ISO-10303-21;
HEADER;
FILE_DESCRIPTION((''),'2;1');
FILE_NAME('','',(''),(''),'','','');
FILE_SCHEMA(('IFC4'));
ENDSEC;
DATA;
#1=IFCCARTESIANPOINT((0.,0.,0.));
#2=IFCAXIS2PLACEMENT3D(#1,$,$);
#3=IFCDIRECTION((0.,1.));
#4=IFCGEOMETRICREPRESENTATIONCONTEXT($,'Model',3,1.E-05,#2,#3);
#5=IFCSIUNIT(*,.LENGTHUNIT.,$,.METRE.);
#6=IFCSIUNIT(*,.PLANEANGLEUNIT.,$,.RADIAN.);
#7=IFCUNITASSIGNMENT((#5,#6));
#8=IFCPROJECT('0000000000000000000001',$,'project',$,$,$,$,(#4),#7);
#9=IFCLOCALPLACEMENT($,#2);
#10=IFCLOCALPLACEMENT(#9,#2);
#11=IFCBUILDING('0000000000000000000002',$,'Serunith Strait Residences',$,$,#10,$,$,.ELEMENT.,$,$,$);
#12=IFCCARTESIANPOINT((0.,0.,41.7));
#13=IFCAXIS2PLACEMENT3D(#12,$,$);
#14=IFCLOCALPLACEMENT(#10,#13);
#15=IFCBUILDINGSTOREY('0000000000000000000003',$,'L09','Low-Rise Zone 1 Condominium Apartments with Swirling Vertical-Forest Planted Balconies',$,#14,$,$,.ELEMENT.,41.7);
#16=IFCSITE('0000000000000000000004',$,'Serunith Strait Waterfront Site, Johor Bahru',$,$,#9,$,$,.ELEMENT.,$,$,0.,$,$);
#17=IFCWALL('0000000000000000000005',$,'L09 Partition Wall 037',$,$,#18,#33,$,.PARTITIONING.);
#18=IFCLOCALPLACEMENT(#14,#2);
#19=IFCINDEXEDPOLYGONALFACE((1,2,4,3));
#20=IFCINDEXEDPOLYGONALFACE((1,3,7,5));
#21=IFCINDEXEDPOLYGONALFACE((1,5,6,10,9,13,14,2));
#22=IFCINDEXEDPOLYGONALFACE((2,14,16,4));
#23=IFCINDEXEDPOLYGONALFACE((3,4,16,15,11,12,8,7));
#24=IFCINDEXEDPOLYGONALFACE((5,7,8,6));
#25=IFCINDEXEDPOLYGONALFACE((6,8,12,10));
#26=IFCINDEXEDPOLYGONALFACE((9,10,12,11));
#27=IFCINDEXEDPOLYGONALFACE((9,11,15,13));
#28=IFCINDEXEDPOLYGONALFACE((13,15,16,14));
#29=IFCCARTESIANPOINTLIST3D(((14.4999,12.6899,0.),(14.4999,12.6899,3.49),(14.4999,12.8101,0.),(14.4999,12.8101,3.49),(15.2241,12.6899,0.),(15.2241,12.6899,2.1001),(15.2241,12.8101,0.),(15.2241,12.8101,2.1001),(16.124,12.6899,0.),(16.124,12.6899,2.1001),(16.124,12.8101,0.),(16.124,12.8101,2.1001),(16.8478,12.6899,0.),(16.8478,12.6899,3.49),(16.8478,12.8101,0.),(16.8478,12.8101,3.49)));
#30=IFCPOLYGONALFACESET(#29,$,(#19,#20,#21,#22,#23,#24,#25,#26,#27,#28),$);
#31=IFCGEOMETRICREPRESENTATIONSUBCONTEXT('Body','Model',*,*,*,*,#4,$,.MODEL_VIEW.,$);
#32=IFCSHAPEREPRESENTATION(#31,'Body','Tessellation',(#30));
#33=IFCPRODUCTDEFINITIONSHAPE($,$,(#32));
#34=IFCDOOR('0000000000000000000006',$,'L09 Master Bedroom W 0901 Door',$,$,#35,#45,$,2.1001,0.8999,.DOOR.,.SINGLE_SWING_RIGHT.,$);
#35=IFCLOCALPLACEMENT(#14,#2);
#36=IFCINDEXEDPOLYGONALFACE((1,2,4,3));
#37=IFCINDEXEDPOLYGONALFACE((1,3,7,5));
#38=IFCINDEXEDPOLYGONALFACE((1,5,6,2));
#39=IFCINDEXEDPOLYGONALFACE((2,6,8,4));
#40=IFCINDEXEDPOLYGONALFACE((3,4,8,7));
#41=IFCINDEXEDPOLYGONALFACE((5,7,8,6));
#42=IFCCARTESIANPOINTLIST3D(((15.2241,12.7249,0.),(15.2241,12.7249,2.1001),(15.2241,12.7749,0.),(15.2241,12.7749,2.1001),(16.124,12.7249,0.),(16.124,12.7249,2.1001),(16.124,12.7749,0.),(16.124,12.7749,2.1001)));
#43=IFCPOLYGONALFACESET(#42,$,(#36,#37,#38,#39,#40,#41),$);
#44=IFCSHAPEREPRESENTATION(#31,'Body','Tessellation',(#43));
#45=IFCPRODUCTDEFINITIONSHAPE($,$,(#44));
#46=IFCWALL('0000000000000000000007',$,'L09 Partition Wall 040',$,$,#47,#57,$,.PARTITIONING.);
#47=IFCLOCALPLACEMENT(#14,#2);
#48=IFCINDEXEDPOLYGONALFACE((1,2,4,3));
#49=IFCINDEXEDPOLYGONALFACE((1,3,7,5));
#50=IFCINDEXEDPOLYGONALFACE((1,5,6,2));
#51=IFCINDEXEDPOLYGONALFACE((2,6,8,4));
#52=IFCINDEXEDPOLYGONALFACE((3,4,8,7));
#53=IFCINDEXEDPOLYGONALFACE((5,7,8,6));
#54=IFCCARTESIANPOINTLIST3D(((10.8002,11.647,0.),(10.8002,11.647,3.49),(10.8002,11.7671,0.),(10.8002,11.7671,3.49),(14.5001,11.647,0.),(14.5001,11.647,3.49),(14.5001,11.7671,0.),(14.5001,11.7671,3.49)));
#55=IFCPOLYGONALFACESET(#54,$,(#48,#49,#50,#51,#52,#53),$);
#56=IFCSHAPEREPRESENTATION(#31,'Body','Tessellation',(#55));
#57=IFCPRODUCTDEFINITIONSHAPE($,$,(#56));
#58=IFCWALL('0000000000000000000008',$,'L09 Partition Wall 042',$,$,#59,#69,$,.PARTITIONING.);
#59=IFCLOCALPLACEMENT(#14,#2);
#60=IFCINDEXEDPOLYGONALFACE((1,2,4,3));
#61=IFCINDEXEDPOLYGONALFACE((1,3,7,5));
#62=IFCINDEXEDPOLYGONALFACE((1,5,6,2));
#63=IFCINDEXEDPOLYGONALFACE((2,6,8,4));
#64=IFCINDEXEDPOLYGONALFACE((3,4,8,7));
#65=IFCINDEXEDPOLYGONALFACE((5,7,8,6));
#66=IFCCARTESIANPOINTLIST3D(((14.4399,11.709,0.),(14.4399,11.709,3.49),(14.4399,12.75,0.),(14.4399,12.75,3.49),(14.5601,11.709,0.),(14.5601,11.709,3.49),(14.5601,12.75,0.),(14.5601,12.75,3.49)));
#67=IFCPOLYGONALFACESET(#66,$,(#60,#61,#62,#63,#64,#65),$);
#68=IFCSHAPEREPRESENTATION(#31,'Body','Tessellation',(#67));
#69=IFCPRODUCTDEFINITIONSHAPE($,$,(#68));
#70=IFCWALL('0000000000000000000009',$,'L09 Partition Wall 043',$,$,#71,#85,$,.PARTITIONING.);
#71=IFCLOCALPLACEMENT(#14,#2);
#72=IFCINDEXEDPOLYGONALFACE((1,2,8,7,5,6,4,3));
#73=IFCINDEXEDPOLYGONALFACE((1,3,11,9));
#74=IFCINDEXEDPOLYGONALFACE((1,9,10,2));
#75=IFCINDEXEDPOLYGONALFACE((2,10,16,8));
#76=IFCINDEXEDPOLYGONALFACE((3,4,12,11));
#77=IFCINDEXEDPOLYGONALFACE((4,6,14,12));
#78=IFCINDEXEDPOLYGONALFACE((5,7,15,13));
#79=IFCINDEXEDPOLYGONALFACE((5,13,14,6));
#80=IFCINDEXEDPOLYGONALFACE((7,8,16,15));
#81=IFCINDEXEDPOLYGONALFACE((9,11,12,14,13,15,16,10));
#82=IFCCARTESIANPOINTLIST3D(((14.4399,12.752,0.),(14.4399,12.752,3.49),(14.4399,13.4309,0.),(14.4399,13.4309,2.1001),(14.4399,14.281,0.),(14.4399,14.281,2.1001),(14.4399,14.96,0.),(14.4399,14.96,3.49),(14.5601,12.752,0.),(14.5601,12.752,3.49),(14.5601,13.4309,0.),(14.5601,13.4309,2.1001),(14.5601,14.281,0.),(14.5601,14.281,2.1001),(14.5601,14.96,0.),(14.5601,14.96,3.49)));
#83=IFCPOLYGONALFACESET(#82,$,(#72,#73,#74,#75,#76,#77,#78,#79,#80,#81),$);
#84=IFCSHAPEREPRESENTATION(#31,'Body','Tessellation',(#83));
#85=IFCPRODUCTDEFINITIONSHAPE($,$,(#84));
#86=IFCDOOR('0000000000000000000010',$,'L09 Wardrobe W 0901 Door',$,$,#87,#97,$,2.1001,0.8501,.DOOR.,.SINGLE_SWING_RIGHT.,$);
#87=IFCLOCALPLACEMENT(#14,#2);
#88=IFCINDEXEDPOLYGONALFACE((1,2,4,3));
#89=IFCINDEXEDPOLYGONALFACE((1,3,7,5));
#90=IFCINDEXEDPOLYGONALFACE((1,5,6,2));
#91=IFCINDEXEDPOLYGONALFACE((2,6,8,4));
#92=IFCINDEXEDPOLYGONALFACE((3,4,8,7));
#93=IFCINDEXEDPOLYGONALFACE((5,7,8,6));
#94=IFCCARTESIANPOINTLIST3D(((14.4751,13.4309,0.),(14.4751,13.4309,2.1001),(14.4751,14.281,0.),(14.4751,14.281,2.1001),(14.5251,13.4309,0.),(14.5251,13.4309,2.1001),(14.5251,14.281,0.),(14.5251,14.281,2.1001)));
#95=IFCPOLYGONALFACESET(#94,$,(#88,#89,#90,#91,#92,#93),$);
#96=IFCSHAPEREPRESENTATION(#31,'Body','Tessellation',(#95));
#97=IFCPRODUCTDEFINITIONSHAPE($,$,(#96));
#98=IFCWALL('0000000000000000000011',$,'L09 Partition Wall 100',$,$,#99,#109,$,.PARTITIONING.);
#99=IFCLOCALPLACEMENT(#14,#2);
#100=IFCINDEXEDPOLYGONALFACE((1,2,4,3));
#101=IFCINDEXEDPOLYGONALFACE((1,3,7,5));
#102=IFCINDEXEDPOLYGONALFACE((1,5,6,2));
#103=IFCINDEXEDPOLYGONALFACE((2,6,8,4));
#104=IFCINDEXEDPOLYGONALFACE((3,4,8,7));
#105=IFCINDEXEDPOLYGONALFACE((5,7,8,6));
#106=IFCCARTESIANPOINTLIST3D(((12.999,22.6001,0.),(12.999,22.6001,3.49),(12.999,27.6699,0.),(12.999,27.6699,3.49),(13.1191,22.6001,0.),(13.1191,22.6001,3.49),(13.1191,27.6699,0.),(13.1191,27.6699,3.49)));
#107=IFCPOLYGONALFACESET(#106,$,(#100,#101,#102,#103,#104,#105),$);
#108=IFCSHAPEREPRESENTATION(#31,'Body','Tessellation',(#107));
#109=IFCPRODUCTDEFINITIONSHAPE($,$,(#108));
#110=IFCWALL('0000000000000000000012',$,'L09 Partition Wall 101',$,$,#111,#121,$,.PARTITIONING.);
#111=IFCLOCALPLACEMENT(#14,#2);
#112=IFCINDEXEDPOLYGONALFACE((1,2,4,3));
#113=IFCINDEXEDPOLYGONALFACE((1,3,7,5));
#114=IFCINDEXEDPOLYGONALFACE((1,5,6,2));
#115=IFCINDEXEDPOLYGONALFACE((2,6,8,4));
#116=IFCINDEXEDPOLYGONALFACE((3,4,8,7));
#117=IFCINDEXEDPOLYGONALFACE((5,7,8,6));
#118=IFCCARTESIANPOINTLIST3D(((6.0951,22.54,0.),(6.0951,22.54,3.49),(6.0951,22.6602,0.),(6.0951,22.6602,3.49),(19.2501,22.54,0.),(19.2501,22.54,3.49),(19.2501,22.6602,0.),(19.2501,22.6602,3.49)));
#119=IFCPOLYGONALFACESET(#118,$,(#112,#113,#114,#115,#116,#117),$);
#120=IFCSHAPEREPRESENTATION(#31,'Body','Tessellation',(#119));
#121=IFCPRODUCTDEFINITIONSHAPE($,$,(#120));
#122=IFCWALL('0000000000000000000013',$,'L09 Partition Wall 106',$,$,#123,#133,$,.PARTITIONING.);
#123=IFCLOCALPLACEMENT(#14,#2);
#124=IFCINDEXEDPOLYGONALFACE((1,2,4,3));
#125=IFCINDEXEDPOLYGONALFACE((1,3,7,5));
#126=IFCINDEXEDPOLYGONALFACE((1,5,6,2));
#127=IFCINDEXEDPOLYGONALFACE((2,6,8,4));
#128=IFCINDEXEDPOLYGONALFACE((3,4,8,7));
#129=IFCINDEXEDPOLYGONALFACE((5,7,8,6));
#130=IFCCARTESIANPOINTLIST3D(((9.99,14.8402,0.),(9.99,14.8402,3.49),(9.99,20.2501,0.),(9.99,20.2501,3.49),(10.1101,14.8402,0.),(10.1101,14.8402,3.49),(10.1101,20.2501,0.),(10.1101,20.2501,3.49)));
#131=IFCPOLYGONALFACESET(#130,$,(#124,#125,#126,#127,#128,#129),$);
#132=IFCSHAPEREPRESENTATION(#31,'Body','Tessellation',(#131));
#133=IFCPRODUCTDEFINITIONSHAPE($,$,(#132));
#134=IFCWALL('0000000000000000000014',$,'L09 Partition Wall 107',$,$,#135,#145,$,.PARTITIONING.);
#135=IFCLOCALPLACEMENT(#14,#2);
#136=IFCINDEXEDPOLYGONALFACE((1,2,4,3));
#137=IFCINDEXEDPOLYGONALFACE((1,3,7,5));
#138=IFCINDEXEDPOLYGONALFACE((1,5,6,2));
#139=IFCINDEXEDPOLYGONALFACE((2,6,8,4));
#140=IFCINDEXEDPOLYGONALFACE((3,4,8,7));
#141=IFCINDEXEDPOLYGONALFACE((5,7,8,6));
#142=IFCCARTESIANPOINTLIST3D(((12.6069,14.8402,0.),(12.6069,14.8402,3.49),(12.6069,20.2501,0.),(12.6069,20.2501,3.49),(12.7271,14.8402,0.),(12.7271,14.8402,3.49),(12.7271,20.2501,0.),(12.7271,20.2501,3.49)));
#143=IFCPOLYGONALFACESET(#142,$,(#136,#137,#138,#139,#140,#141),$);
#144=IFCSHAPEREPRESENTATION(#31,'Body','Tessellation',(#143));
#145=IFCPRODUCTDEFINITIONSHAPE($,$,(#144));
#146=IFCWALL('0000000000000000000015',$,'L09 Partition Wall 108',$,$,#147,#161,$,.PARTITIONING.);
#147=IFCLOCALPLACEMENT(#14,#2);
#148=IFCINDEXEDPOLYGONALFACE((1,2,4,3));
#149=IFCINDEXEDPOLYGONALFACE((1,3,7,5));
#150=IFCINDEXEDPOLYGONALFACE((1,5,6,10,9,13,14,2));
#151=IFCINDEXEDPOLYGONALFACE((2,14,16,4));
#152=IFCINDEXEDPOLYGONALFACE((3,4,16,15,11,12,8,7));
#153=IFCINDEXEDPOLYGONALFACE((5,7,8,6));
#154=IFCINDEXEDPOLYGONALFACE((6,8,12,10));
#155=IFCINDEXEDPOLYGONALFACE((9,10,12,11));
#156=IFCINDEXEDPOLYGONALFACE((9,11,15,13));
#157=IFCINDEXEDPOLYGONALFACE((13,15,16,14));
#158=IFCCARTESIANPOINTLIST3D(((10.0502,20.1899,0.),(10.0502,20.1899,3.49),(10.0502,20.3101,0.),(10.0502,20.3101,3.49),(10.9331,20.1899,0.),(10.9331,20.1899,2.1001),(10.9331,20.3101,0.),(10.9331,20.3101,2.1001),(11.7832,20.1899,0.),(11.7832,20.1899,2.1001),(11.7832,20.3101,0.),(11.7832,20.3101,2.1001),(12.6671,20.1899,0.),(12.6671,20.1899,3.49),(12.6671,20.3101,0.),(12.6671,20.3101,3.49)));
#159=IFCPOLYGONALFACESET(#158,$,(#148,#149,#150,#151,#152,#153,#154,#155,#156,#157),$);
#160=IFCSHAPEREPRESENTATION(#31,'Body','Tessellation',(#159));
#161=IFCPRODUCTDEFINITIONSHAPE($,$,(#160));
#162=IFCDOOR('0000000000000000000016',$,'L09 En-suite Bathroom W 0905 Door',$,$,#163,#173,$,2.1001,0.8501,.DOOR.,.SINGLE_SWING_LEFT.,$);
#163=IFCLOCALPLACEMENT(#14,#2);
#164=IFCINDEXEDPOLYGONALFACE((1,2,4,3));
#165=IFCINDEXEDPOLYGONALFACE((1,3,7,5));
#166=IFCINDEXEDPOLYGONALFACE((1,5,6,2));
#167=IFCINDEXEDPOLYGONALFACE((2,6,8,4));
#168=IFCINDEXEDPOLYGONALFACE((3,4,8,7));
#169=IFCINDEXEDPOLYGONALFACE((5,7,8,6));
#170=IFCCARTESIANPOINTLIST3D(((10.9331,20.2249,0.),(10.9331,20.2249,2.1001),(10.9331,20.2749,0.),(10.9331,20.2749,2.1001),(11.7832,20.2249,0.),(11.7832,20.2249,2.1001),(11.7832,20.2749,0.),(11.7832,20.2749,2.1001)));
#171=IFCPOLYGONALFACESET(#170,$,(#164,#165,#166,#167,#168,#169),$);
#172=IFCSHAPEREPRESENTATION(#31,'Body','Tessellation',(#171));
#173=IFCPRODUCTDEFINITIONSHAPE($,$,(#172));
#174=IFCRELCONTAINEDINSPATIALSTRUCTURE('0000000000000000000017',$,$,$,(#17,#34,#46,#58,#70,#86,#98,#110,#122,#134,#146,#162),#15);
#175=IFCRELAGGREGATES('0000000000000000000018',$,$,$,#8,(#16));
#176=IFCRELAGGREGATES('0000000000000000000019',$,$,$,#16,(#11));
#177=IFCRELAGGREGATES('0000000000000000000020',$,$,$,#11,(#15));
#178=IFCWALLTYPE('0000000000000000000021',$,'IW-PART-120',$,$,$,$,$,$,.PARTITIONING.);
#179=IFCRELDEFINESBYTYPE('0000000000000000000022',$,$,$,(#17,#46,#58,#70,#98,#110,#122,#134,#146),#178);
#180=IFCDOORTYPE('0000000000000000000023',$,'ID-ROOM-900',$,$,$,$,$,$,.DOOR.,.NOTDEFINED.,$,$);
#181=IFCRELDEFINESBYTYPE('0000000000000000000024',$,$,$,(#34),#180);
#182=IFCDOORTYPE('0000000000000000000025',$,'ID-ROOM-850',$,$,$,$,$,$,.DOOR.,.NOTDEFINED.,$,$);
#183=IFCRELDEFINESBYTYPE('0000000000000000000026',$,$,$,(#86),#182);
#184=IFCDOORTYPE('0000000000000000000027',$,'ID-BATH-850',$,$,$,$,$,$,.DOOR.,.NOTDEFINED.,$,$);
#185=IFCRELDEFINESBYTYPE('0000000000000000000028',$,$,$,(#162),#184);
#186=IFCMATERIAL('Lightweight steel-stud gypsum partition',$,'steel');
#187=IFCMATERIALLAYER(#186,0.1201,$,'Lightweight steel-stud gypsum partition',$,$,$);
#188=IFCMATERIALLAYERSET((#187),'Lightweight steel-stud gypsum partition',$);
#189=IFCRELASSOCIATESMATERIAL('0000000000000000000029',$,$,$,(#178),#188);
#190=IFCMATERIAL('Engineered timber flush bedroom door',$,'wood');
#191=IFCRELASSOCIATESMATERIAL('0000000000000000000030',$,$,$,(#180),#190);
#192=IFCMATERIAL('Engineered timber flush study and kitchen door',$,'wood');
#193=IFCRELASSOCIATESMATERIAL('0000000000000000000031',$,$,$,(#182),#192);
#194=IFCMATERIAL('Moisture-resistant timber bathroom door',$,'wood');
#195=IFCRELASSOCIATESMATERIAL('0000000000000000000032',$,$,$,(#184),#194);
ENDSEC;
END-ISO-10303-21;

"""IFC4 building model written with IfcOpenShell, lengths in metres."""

from ifc_helpers import new_model, si_unit, direction, frame, frame_2d, origin, place, context, subcontext, project, spatial, rectangle, extrude, source, transform, mapped, material, layer, layer_set, type_object, element, fill, save


model = new_model("IFC4")

# Units and contexts
model_context = context("Model", 3, precision=1e-05, world=origin(), true_north=direction((0.0, 1.0)))
body_context = subcontext(model_context, "Body", "Model", "MODEL_VIEW")
ifc_project = project(units=[si_unit("LENGTHUNIT", "METRE"), si_unit("PLANEANGLEUNIT", "RADIAN")], contexts=[model_context])

# Site, building, storey
site_placement = place(None, origin())
site = spatial("IfcSite", under=ifc_project, at=site_placement, Name="Serunith Strait Waterfront Site, Johor Bahru", CompositionType="ELEMENT", RefElevation=0.0)
building_placement = place(site_placement, origin())
building = spatial("IfcBuilding", under=site, at=building_placement, Name="Serunith Strait Residences", CompositionType="ELEMENT")
storey_placement = place(building_placement, frame((0.0, 0.0, 41.7)))
storey = spatial("IfcBuildingStorey", under=building, at=storey_placement, Name="L09", Description="Low-Rise Zone 1 Condominium Apartments with Swirling Vertical-Forest Planted Balconies", CompositionType="ELEMENT", Elevation=41.7)

# Wall, opening, door
ifc_material_1 = material(Name="Lightweight steel-stud gypsum partition", Category="steel")
ifc_layer_1 = layer(ifc_material_1, 0.1201, Name="Lightweight steel-stud gypsum partition")
ifc_layer_set_1 = layer_set([ifc_layer_1], Name="Lightweight steel-stud gypsum partition")
wall_type_1 = type_object("IfcWallType", Name="IW-PART-120", PredefinedType="PARTITIONING", material=ifc_layer_set_1)
wall_1_placement = place(storey_placement, frame((14.5, 12.75, 0.0), z_axis=(0.0, 0.0, 1.0), x_axis=(1.0, 0.0, 0.0)))
wall_1 = element("IfcWall", 1, at=wall_1_placement, inside=storey, type_object=wall_type_1, Name="L09 Partition Wall 037", PredefinedType="PARTITIONING", context=body_context, shape_type="SweptSolid", body=[
    extrude(rectangle(XDim=2.3479, YDim=0.1201, at=frame_2d((1.1738, 0.0))), origin(), (0.0, 0.0, 1.0), 3.49),
])
opening_1_placement = place(wall_1_placement, frame((0.7241, 0.0, 0.0)))
opening_1 = element("IfcOpeningElement", 2, at=opening_1_placement, cuts=wall_1, PredefinedType="OPENING", context=body_context, shape_type="SweptSolid", body=[
    extrude(rectangle(XDim=0.8999, YDim=2.1001, at=frame_2d((0.45, 1.05))), frame((0.0, 0.0701, 0.0), z_axis=(0.0, -1.0, 0.0), x_axis=(1.0, 0.0, 0.0)), (0.0, 0.0, 1.0), 0.1401),
])
ifc_material_2 = material(Name="Engineered timber flush bedroom door", Category="wood")
door_type_1 = type_object("IfcDoorType", Name="ID-ROOM-900", OperationType="NOTDEFINED", PredefinedType="DOOR", material=ifc_material_2)
shared_shape_1 = source(origin(), body_context, "Body", "SweptSolid", [
    extrude(rectangle(XDim=0.8999, YDim=2.1001, at=frame_2d((0.45, 1.05))), frame((0.0, 0.0249, 0.0), z_axis=(0.0, -1.0, 0.0), x_axis=(1.0, 0.0, 0.0)), (0.0, 0.0, 1.0), 0.05),
])
door_1_placement = place(opening_1_placement, origin())
door_1 = element("IfcDoor", 3, at=door_1_placement, inside=storey, type_object=door_type_1, Name="L09 Master Bedroom W 0901 Door", OperationType="SINGLE_SWING_RIGHT", OverallHeight=2.1001, OverallWidth=0.8999, PredefinedType="DOOR", context=body_context, shape_type="MappedRepresentation", body=[
    mapped(shared_shape_1, transform((0.0, 0.0, 0.0), scale=1.0)),
])
fill(opening_1, door_1)

# Walls
wall_2_placement = place(storey_placement, frame((10.8, 11.707, 0.0), z_axis=(0.0, 0.0, 1.0), x_axis=(1.0, 0.0, 0.0)))
element("IfcWall", 4, at=wall_2_placement, inside=storey, type_object=wall_type_1, Name="L09 Partition Wall 040", PredefinedType="PARTITIONING", context=body_context, shape_type="SweptSolid", body=[
    extrude(rectangle(XDim=3.7, YDim=0.1201, at=frame_2d((1.8501, 0.0))), origin(), (0.0, 0.0, 1.0), 3.49),
])
wall_3_placement = place(storey_placement, frame((14.5, 11.709, 0.0), z_axis=(0.0, 0.0, 1.0), x_axis=(0.0, 1.0, 0.0)))
element("IfcWall", 5, at=wall_3_placement, inside=storey, type_object=wall_type_1, Name="L09 Partition Wall 042", PredefinedType="PARTITIONING", context=body_context, shape_type="SweptSolid", body=[
    extrude(rectangle(XDim=1.041, YDim=0.1201, at=frame_2d((0.5205, 0.0))), origin(), (0.0, 0.0, 1.0), 3.49),
])

# Wall, opening, door
wall_4_placement = place(storey_placement, frame((14.5, 12.752, 0.0), z_axis=(0.0, 0.0, 1.0), x_axis=(0.0, 1.0, 0.0)))
wall_4 = element("IfcWall", 6, at=wall_4_placement, inside=storey, type_object=wall_type_1, Name="L09 Partition Wall 043", PredefinedType="PARTITIONING", context=body_context, shape_type="SweptSolid", body=[
    extrude(rectangle(XDim=2.208, YDim=0.1201, at=frame_2d((1.104, 0.0))), origin(), (0.0, 0.0, 1.0), 3.49),
])
opening_2_placement = place(wall_4_placement, frame((0.679, 0.0, 0.0)))
opening_2 = element("IfcOpeningElement", 7, at=opening_2_placement, cuts=wall_4, PredefinedType="OPENING", context=body_context, shape_type="SweptSolid", body=[
    extrude(rectangle(XDim=0.8501, YDim=2.1001, at=frame_2d((0.425, 1.05))), frame((0.0, 0.0701, 0.0), z_axis=(0.0, -1.0, 0.0), x_axis=(1.0, 0.0, 0.0)), (0.0, 0.0, 1.0), 0.1401),
])
ifc_material_3 = material(Name="Engineered timber flush study and kitchen door", Category="wood")
door_type_2 = type_object("IfcDoorType", Name="ID-ROOM-850", OperationType="NOTDEFINED", PredefinedType="DOOR", material=ifc_material_3)
shared_shape_2 = source(origin(), body_context, "Body", "SweptSolid", [
    extrude(rectangle(XDim=0.8501, YDim=2.1001, at=frame_2d((0.425, 1.05))), frame((0.0, 0.0249, 0.0), z_axis=(0.0, -1.0, 0.0), x_axis=(1.0, 0.0, 0.0)), (0.0, 0.0, 1.0), 0.05),
])
door_2_placement = place(opening_2_placement, origin())
door_2 = element("IfcDoor", 8, at=door_2_placement, inside=storey, type_object=door_type_2, Name="L09 Wardrobe W 0901 Door", OperationType="SINGLE_SWING_RIGHT", OverallHeight=2.1001, OverallWidth=0.8501, PredefinedType="DOOR", context=body_context, shape_type="MappedRepresentation", body=[
    mapped(shared_shape_2, transform((0.0, 0.0, 0.0), scale=1.0)),
])
fill(opening_2, door_2)

# Walls
wall_5_placement = place(storey_placement, frame((13.0591, 22.6001, 0.0), z_axis=(0.0, 0.0, 1.0), x_axis=(0.0, 1.0, 0.0)))
element("IfcWall", 9, at=wall_5_placement, inside=storey, type_object=wall_type_1, Name="L09 Partition Wall 100", PredefinedType="PARTITIONING", context=body_context, shape_type="SweptSolid", body=[
    extrude(rectangle(XDim=5.0698, YDim=0.1201, at=frame_2d((2.5349, 0.0))), origin(), (0.0, 0.0, 1.0), 3.49),
])
wall_6_placement = place(storey_placement, frame((6.095, 22.6001, 0.0), z_axis=(0.0, 0.0, 1.0), x_axis=(1.0, 0.0, 0.0)))
element("IfcWall", 10, at=wall_6_placement, inside=storey, type_object=wall_type_1, Name="L09 Partition Wall 101", PredefinedType="PARTITIONING", context=body_context, shape_type="SweptSolid", body=[
    extrude(rectangle(XDim=13.155, YDim=0.1201, at=frame_2d((6.5776, 0.0))), origin(), (0.0, 0.0, 1.0), 3.49),
])
for number, where, z_axis, x_axis, name in (
    (11, (10.05, 14.8401, 0.0), (0.0, 0.0, 1.0), (0.0, 1.0, 0.0), "L09 Partition Wall 106"),
    (12, (12.667, 14.8401, 0.0), (0.0, 0.0, 1.0), (0.0, 1.0, 0.0), "L09 Partition Wall 107"),
):
    element("IfcWall", number, at=place(storey_placement, frame(where, z_axis=z_axis, x_axis=x_axis)), inside=storey, type_object=wall_type_1, Name=name, PredefinedType="PARTITIONING", context=body_context, shape_type="SweptSolid", body=[
        extrude(rectangle(XDim=5.4099, YDim=0.1201, at=frame_2d((2.7051, 0.0))), origin(), (0.0, 0.0, 1.0), 3.49),
    ])

# Wall, opening, door
wall_7_placement = place(storey_placement, frame((10.05, 20.25, 0.0), z_axis=(0.0, 0.0, 1.0), x_axis=(1.0, 0.0, 0.0)))
wall_7 = element("IfcWall", 13, at=wall_7_placement, inside=storey, type_object=wall_type_1, Name="L09 Partition Wall 108", PredefinedType="PARTITIONING", context=body_context, shape_type="SweptSolid", body=[
    extrude(rectangle(XDim=2.6169, YDim=0.1201, at=frame_2d((1.3086, 0.0))), origin(), (0.0, 0.0, 1.0), 3.49),
])
opening_3_placement = place(wall_7_placement, frame((0.8831, 0.0, 0.0)))
opening_3 = element("IfcOpeningElement", 14, at=opening_3_placement, cuts=wall_7, PredefinedType="OPENING", context=body_context, shape_type="SweptSolid", body=[
    extrude(rectangle(XDim=0.8501, YDim=2.1001, at=frame_2d((0.425, 1.05))), frame((0.0, 0.0701, 0.0), z_axis=(0.0, -1.0, 0.0), x_axis=(1.0, 0.0, 0.0)), (0.0, 0.0, 1.0), 0.1401),
])
ifc_material_4 = material(Name="Moisture-resistant timber bathroom door", Category="wood")
door_type_3 = type_object("IfcDoorType", Name="ID-BATH-850", OperationType="NOTDEFINED", PredefinedType="DOOR", material=ifc_material_4)
door_3_placement = place(opening_3_placement, origin())
door_3 = element("IfcDoor", 15, at=door_3_placement, inside=storey, type_object=door_type_3, Name="L09 En-suite Bathroom W 0905 Door", OperationType="SINGLE_SWING_LEFT", OverallHeight=2.1001, OverallWidth=0.8501, PredefinedType="DOOR", context=body_context, shape_type="MappedRepresentation", body=[
    mapped(shared_shape_2, transform((0.0, 0.0, 0.0), scale=1.0)),
])
fill(opening_3, door_3)

save(model, "model.ifc")
